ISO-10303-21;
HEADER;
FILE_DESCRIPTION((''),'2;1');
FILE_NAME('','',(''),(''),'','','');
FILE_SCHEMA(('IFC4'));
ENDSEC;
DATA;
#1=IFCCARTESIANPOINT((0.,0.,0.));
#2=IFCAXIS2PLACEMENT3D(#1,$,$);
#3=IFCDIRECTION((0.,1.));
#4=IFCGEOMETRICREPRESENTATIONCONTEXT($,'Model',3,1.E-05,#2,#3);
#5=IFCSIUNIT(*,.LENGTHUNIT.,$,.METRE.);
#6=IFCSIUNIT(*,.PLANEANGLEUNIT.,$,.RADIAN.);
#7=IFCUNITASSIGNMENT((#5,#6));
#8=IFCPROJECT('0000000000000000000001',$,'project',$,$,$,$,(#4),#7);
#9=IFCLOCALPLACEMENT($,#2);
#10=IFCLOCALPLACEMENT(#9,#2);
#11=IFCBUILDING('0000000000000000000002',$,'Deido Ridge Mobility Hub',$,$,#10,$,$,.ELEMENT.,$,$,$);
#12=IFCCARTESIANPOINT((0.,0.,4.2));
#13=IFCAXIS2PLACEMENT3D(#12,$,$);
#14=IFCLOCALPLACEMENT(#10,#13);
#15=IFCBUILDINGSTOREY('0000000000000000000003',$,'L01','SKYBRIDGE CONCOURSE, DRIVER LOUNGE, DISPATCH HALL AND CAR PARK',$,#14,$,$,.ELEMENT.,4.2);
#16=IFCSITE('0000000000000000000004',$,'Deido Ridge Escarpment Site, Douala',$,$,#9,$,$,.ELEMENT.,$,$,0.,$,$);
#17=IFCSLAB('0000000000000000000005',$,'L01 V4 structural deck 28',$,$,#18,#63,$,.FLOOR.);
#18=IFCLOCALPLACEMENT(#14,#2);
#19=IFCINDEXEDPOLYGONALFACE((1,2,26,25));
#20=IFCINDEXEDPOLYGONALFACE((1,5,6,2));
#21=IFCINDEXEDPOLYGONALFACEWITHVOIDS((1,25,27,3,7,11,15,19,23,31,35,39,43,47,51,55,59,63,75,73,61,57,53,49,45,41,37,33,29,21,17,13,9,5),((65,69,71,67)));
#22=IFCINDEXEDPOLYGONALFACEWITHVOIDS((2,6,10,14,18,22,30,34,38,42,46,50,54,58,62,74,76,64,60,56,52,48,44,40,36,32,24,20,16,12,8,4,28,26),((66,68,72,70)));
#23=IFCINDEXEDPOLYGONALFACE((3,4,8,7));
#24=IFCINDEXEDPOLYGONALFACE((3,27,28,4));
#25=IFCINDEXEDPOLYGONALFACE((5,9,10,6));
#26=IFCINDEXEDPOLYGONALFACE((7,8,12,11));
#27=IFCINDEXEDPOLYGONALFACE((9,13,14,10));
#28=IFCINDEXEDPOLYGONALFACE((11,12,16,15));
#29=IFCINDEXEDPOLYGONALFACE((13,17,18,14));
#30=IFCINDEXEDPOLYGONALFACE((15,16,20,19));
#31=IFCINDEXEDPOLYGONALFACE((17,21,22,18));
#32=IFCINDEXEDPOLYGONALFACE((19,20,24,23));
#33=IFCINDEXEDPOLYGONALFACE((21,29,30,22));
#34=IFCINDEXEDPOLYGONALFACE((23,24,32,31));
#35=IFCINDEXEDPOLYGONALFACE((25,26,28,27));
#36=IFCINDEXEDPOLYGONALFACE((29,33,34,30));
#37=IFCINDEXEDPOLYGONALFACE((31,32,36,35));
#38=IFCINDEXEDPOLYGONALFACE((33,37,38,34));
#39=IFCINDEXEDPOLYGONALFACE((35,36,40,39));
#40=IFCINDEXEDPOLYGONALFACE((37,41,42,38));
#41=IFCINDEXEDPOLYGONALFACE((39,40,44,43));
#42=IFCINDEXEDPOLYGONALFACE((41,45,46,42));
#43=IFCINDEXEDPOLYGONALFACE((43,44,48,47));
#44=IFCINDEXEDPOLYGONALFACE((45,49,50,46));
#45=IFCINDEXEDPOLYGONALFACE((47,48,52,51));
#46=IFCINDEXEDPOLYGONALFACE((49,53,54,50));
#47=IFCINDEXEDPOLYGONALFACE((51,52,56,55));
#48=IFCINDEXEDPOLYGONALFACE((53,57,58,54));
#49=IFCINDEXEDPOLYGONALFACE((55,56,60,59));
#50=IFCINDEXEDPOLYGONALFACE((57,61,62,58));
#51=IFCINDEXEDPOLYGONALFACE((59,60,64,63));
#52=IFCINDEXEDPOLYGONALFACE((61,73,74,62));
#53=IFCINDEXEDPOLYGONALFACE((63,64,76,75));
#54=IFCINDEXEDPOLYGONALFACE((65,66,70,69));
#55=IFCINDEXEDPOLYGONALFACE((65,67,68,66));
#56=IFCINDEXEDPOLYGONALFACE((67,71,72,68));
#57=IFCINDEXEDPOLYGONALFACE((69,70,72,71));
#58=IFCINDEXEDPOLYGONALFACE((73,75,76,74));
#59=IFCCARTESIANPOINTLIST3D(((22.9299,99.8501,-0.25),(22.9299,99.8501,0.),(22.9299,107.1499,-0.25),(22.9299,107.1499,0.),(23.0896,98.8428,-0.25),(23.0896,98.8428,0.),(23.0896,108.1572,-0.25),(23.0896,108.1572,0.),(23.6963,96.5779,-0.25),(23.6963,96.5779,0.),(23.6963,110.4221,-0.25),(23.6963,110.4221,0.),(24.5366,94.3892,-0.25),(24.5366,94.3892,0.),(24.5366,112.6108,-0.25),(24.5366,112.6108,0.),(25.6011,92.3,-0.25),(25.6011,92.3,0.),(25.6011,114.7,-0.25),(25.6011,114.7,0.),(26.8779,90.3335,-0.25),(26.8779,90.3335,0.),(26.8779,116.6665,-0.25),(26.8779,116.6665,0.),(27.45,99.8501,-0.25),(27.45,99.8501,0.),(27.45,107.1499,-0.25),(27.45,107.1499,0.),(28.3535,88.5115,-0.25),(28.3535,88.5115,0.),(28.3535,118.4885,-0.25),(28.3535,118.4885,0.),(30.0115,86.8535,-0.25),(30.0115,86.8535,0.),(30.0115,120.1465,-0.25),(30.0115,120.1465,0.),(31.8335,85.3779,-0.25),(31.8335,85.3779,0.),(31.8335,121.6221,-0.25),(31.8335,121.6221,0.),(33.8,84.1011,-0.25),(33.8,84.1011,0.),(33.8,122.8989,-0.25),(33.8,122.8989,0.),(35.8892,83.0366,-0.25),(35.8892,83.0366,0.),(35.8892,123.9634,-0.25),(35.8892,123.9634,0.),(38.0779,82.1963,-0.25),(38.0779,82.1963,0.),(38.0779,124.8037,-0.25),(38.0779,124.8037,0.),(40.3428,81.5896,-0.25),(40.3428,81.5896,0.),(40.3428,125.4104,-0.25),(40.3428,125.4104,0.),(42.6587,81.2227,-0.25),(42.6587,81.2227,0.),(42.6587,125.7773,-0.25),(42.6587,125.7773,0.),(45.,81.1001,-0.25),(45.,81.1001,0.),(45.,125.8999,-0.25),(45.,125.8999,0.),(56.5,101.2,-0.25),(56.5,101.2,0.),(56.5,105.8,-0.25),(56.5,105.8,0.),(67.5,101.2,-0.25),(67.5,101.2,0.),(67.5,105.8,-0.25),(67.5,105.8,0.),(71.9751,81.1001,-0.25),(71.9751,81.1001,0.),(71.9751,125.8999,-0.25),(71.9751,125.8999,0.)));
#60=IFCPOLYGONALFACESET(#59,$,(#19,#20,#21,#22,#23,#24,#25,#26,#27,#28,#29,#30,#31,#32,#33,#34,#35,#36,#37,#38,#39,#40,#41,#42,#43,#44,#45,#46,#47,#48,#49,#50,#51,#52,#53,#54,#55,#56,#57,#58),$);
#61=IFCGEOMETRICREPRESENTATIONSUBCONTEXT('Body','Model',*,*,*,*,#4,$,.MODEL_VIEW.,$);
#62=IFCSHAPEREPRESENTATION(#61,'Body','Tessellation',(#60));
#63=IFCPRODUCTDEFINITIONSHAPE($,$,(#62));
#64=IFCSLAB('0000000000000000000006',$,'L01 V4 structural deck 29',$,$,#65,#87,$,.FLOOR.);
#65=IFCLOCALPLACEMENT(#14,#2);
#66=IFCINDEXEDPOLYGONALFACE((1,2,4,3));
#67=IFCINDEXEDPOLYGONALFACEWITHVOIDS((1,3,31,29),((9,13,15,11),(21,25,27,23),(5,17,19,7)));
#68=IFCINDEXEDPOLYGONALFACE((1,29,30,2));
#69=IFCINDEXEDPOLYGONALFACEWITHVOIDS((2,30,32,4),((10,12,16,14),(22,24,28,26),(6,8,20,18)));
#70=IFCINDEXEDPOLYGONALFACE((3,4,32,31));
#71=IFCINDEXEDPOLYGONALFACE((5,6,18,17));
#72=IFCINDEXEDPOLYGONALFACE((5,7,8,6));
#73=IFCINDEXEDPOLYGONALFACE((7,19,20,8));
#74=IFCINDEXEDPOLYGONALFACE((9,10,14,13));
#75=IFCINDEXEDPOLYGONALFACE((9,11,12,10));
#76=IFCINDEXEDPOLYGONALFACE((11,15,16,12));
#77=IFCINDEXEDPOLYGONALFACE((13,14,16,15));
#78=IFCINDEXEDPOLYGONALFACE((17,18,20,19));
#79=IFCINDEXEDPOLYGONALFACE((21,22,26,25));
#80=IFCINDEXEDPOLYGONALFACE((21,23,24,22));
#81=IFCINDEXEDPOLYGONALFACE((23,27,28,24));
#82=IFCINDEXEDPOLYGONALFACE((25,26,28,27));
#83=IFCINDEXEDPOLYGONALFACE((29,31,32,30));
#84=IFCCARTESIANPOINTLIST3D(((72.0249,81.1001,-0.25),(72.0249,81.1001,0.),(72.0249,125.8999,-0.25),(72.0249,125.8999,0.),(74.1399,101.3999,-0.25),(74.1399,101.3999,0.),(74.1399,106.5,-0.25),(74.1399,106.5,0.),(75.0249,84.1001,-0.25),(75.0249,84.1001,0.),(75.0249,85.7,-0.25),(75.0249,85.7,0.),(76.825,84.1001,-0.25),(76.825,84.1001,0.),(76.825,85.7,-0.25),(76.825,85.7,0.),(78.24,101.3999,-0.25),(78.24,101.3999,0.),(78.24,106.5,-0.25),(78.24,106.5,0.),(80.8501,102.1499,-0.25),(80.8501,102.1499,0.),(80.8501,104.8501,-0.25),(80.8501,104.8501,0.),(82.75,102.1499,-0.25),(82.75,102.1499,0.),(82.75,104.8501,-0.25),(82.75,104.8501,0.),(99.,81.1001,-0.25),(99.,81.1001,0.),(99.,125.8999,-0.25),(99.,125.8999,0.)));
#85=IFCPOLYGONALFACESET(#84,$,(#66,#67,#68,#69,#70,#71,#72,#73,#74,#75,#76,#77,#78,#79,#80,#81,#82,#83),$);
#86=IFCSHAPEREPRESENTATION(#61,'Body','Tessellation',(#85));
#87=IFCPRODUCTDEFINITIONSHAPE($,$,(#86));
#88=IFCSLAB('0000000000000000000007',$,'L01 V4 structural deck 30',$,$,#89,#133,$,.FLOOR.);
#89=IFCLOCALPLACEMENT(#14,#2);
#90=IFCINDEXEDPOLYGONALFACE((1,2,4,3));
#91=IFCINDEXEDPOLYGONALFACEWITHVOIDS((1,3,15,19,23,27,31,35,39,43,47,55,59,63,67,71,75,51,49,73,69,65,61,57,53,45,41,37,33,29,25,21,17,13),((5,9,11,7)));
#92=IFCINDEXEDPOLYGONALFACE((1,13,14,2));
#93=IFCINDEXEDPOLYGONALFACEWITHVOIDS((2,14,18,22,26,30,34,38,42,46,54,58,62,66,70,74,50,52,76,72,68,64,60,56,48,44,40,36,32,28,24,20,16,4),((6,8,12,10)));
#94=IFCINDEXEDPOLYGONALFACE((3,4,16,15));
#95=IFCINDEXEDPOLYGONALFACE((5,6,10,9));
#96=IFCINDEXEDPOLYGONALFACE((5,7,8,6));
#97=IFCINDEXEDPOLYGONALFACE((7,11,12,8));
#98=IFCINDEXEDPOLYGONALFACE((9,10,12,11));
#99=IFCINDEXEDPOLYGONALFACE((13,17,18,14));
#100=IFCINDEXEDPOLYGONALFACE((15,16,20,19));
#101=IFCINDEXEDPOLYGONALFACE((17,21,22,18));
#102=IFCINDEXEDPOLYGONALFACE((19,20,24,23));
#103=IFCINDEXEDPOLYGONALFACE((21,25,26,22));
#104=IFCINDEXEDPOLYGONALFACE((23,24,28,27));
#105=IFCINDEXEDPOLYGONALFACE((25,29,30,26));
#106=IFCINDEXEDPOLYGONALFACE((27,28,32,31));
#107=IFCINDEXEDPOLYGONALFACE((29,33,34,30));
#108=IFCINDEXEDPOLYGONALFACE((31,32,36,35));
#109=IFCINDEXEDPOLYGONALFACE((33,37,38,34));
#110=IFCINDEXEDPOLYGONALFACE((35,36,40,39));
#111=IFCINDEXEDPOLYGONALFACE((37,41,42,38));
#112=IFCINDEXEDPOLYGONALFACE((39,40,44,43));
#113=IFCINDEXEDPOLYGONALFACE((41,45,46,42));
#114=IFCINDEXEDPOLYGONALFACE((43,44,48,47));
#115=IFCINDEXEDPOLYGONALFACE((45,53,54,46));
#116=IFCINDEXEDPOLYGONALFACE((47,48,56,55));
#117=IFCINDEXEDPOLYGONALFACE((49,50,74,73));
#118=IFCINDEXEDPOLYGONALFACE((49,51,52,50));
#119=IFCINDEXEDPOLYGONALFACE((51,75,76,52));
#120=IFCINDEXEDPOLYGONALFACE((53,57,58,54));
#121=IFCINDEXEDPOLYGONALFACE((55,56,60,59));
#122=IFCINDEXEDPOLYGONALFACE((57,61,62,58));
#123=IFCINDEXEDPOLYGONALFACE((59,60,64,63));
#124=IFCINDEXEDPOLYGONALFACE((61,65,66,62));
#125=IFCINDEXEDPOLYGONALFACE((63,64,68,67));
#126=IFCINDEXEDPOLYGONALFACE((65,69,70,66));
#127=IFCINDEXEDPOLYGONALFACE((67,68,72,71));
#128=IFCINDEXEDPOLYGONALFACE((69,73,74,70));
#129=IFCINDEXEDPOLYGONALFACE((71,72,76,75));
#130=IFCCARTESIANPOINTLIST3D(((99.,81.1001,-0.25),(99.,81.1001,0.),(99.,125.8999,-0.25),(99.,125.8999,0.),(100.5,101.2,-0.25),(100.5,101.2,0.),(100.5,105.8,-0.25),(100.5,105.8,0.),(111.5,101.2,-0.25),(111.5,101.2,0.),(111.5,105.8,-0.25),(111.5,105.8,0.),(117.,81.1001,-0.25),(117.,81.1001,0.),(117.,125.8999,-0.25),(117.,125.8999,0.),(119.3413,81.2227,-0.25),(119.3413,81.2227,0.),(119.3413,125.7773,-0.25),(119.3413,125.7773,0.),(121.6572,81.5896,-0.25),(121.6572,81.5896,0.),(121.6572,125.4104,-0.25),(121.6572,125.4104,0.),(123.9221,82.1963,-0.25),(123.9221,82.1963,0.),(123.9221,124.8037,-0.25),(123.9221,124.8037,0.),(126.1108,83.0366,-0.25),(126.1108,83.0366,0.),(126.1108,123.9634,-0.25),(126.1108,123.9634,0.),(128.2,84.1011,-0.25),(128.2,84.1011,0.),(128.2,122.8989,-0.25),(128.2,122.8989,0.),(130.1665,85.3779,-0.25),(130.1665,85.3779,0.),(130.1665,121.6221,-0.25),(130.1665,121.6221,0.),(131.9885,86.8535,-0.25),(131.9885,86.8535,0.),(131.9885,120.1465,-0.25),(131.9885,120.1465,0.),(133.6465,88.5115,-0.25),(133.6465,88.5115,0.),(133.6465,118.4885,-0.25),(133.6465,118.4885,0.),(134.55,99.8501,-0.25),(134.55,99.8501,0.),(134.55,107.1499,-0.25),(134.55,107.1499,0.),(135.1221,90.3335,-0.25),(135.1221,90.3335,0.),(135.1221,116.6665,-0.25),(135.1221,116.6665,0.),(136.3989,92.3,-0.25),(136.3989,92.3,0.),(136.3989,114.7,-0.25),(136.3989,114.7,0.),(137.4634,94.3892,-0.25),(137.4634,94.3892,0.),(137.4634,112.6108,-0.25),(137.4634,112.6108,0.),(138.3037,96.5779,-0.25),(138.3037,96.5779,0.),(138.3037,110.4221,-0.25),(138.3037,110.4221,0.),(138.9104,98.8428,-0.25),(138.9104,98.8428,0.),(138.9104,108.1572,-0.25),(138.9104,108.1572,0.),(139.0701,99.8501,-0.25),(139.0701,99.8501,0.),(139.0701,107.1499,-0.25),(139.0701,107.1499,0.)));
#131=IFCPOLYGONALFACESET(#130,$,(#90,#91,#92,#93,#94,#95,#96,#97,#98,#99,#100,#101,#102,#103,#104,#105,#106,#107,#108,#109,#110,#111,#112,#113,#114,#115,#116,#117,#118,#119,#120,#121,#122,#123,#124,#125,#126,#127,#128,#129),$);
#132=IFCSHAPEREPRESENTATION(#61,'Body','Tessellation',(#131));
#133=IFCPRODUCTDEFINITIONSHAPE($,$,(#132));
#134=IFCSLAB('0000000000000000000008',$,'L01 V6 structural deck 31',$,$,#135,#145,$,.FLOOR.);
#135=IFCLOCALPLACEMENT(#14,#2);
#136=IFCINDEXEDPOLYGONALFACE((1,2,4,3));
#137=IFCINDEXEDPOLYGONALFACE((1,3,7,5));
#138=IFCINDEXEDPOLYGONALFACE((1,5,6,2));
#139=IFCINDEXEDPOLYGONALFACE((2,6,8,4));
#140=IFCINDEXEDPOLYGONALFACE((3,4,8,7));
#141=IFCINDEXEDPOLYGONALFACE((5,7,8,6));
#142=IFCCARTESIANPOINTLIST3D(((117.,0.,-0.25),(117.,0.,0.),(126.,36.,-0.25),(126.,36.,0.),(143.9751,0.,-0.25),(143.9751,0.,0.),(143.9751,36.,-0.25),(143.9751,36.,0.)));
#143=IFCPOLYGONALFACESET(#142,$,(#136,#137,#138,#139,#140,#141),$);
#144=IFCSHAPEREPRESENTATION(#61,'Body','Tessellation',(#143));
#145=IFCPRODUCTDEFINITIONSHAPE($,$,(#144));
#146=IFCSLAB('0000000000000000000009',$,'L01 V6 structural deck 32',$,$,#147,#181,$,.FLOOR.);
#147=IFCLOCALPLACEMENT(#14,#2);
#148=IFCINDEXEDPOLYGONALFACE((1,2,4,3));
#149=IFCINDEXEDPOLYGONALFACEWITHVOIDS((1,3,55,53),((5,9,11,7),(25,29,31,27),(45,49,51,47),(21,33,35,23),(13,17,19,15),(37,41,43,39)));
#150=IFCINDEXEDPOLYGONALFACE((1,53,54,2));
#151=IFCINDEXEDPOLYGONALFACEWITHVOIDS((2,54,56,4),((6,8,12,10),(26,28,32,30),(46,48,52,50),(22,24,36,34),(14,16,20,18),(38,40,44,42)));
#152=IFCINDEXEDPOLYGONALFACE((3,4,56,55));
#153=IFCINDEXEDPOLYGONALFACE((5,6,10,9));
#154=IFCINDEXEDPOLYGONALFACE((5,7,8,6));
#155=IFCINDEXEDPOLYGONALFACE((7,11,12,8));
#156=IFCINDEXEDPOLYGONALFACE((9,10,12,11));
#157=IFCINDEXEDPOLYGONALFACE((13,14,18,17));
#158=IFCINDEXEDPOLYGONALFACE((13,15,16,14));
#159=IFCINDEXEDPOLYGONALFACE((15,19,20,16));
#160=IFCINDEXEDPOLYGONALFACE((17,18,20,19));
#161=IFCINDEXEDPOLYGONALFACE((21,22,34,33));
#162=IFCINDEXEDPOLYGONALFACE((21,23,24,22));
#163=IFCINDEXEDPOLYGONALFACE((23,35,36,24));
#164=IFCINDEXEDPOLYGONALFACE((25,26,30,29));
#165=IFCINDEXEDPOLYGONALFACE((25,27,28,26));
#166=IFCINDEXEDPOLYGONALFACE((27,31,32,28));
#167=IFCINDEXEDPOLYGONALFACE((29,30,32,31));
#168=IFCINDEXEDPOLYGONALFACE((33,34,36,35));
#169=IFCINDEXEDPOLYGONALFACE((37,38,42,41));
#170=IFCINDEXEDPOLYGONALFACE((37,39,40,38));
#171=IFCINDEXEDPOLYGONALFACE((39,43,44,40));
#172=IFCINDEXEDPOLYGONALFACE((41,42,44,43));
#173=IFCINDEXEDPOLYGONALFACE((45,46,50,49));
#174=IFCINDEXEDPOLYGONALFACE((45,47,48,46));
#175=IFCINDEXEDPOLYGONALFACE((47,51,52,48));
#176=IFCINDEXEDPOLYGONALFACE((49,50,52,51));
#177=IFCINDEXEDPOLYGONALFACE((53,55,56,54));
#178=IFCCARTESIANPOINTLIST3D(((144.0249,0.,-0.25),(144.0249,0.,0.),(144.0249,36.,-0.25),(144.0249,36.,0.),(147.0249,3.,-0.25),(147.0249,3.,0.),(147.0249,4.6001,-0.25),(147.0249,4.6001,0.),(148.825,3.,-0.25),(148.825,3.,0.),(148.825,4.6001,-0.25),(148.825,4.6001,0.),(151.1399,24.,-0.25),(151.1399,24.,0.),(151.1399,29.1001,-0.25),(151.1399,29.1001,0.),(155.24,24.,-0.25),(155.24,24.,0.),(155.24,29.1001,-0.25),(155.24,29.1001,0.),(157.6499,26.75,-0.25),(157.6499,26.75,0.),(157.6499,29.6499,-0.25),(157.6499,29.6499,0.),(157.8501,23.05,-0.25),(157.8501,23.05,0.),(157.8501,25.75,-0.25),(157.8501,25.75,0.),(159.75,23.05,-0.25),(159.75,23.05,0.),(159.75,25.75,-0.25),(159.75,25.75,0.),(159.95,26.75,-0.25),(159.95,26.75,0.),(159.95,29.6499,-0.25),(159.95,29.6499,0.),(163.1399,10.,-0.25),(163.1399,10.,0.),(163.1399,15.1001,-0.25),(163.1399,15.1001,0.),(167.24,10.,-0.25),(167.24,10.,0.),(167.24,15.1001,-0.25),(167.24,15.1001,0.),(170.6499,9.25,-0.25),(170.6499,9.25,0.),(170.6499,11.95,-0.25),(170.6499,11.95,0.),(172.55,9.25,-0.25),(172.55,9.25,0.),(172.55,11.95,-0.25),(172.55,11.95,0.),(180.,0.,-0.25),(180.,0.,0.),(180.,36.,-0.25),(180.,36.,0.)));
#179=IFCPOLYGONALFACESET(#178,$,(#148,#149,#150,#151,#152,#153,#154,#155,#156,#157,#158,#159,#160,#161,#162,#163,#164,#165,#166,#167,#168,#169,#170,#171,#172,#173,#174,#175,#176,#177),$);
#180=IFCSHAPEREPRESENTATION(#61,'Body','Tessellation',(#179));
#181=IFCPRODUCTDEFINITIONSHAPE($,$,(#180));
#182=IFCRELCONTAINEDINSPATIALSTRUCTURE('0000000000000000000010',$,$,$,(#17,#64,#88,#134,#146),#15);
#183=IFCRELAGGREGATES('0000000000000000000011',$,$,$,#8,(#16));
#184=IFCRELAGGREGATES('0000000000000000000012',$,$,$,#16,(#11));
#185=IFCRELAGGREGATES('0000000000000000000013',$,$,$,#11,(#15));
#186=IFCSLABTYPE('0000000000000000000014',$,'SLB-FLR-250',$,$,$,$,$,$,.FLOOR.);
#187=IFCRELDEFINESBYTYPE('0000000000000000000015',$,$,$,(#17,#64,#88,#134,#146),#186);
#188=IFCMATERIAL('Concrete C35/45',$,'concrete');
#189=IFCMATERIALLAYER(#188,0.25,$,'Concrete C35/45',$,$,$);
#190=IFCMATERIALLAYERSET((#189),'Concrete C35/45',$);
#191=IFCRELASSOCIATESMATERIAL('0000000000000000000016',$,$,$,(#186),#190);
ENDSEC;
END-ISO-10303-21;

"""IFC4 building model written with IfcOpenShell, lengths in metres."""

from ifc_helpers import new_model, si_unit, direction, frame, origin, place, context, subcontext, project, spatial, polyline, outline, extrude, material, layer, layer_set, type_object, element, save


model = new_model("IFC4")

# Units and contexts
model_context = context("Model", 3, precision=1e-05, world=origin(), true_north=direction((0.0, 1.0)))
body_context = subcontext(model_context, "Body", "Model", "MODEL_VIEW")
ifc_project = project(units=[si_unit("LENGTHUNIT", "METRE"), si_unit("PLANEANGLEUNIT", "RADIAN")], contexts=[model_context])

# Site, building, storey
site_placement = place(None, origin())
site = spatial("IfcSite", under=ifc_project, at=site_placement, Name="Deido Ridge Escarpment Site, Douala", CompositionType="ELEMENT", RefElevation=0.0)
building_placement = place(site_placement, origin())
building = spatial("IfcBuilding", under=site, at=building_placement, Name="Deido Ridge Mobility Hub", CompositionType="ELEMENT")
storey_placement = place(building_placement, frame((0.0, 0.0, 4.2)))
storey = spatial("IfcBuildingStorey", under=building, at=storey_placement, Name="L01", Description="SKYBRIDGE CONCOURSE, DRIVER LOUNGE, DISPATCH HALL AND CAR PARK", CompositionType="ELEMENT", Elevation=4.2)

# Slabs
ifc_material_1 = material(Name="Concrete C35/45", Category="concrete")
ifc_layer_1 = layer(ifc_material_1, 0.25, Name="Concrete C35/45")
ifc_layer_set_1 = layer_set([ifc_layer_1], Name="Concrete C35/45")
slab_type_1 = type_object("IfcSlabType", Name="SLB-FLR-250", PredefinedType="FLOOR", material=ifc_layer_set_1)
slab_1_placement = place(storey_placement, frame((0.0, 0.0, -0.25)))
element("IfcSlab", 1, at=slab_1_placement, inside=storey, type_object=slab_type_1, Name="L01 V4 structural deck 28", PredefinedType="FLOOR", context=body_context, shape_type="SweptSolid", body=[
    extrude(outline(polyline([(42.6587, 81.2227), (40.3428, 81.5896), (38.0779, 82.1963), (35.8892, 83.0366), (33.8, 84.1011), (31.8335, 85.3779), (30.0115, 86.8535), (28.3535, 88.5115), (26.8779, 90.3335), (25.6011, 92.3), (24.5366, 94.3892), (23.6963, 96.5779), (23.0896, 98.8428), (22.9299, 99.8501), (27.45, 99.8501), (27.45, 107.1499), (22.9299, 107.1499), (23.0896, 108.1572), (23.6963, 110.4221), (24.5366, 112.6108), (25.6011, 114.7), (26.8779, 116.6665), (28.3535, 118.4885), (30.0115, 120.1465), (31.8335, 121.6221), (33.8, 122.8989), (35.8892, 123.9634), (38.0779, 124.8037), (40.3428, 125.4104), (42.6587, 125.7773), (45.0, 125.8999), (71.9751, 125.8999), (71.9751, 81.1001), (45.0, 81.1001), (42.6587, 81.2227)]), holes=[polyline([(56.5, 101.2), (56.5, 105.8), (67.5, 105.8), (67.5, 101.2), (56.5, 101.2)])]), origin(), (0.0, 0.0, 1.0), 0.25),
])
slab_2_placement = place(storey_placement, frame((0.0, 0.0, -0.25)))
element("IfcSlab", 2, at=slab_2_placement, inside=storey, type_object=slab_type_1, Name="L01 V4 structural deck 29", PredefinedType="FLOOR", context=body_context, shape_type="SweptSolid", body=[
    extrude(outline(polyline([(99.0, 125.8999), (99.0, 81.1001), (72.0249, 81.1001), (72.0249, 125.8999), (99.0, 125.8999)]), holes=[polyline([(75.0249, 84.1001), (75.0249, 85.7), (76.825, 85.7), (76.825, 84.1001), (75.0249, 84.1001)]), polyline([(80.8501, 104.8501), (82.75, 104.8501), (82.75, 102.1499), (80.8501, 102.1499), (80.8501, 104.8501)]), polyline([(74.1399, 101.3999), (74.1399, 106.5), (78.24, 106.5), (78.24, 101.3999), (74.1399, 101.3999)])]), origin(), (0.0, 0.0, 1.0), 0.25),
])
slab_3_placement = place(storey_placement, frame((0.0, 0.0, -0.25)))
element("IfcSlab", 3, at=slab_3_placement, inside=storey, type_object=slab_type_1, Name="L01 V4 structural deck 30", PredefinedType="FLOOR", context=body_context, shape_type="SweptSolid", body=[
    extrude(outline(polyline([(137.4634, 94.3892), (136.3989, 92.3), (135.1221, 90.3335), (133.6465, 88.5115), (131.9885, 86.8535), (130.1665, 85.3779), (128.2, 84.1011), (126.1108, 83.0366), (123.9221, 82.1963), (121.6572, 81.5896), (119.3413, 81.2227), (117.0, 81.1001), (99.0, 81.1001), (99.0, 125.8999), (117.0, 125.8999), (119.3413, 125.7773), (121.6572, 125.4104), (123.9221, 124.8037), (126.1108, 123.9634), (128.2, 122.8989), (130.1665, 121.6221), (131.9885, 120.1465), (133.6465, 118.4885), (135.1221, 116.6665), (136.3989, 114.7), (137.4634, 112.6108), (138.3037, 110.4221), (138.9104, 108.1572), (139.0701, 107.1499), (134.55, 107.1499), (134.55, 99.8501), (139.0701, 99.8501), (138.9104, 98.8428), (138.3037, 96.5779), (137.4634, 94.3892)]), holes=[polyline([(100.5, 105.8), (111.5, 105.8), (111.5, 101.2), (100.5, 101.2), (100.5, 105.8)])]), origin(), (0.0, 0.0, 1.0), 0.25),
])
slab_4_placement = place(storey_placement, frame((0.0, 0.0, -0.25)))
element("IfcSlab", 4, at=slab_4_placement, inside=storey, type_object=slab_type_1, Name="L01 V6 structural deck 31", PredefinedType="FLOOR", context=body_context, shape_type="SweptSolid", body=[
    extrude(outline(polyline([(126.0, 36.0), (143.9751, 36.0), (143.9751, 0.0), (117.0, 0.0), (126.0, 36.0)])), origin(), (0.0, 0.0, 1.0), 0.25),
])
slab_5_placement = place(storey_placement, frame((0.0, 0.0, -0.25)))
element("IfcSlab", 5, at=slab_5_placement, inside=storey, type_object=slab_type_1, Name="L01 V6 structural deck 32", PredefinedType="FLOOR", context=body_context, shape_type="SweptSolid", body=[
    extrude(outline(polyline([(180.0, 36.0), (180.0, 0.0), (144.0249, 0.0), (144.0249, 36.0), (180.0, 36.0)]), holes=[polyline([(147.0249, 3.0), (147.0249, 4.6001), (148.825, 4.6001), (148.825, 3.0), (147.0249, 3.0)]), polyline([(170.6499, 9.25), (170.6499, 11.95), (172.55, 11.95), (172.55, 9.25), (170.6499, 9.25)]), polyline([(163.1399, 15.1001), (167.24, 15.1001), (167.24, 10.0), (163.1399, 10.0), (163.1399, 15.1001)]), polyline([(157.8501, 25.75), (159.75, 25.75), (159.75, 23.05), (157.8501, 23.05), (157.8501, 25.75)]), polyline([(151.1399, 24.0), (151.1399, 29.1001), (155.24, 29.1001), (155.24, 24.0), (151.1399, 24.0)]), polyline([(157.6499, 26.75), (157.6499, 29.6499), (159.95, 29.6499), (159.95, 26.75), (157.6499, 26.75)])]), origin(), (0.0, 0.0, 1.0), 0.25),
])

save(model, "model.ifc")
